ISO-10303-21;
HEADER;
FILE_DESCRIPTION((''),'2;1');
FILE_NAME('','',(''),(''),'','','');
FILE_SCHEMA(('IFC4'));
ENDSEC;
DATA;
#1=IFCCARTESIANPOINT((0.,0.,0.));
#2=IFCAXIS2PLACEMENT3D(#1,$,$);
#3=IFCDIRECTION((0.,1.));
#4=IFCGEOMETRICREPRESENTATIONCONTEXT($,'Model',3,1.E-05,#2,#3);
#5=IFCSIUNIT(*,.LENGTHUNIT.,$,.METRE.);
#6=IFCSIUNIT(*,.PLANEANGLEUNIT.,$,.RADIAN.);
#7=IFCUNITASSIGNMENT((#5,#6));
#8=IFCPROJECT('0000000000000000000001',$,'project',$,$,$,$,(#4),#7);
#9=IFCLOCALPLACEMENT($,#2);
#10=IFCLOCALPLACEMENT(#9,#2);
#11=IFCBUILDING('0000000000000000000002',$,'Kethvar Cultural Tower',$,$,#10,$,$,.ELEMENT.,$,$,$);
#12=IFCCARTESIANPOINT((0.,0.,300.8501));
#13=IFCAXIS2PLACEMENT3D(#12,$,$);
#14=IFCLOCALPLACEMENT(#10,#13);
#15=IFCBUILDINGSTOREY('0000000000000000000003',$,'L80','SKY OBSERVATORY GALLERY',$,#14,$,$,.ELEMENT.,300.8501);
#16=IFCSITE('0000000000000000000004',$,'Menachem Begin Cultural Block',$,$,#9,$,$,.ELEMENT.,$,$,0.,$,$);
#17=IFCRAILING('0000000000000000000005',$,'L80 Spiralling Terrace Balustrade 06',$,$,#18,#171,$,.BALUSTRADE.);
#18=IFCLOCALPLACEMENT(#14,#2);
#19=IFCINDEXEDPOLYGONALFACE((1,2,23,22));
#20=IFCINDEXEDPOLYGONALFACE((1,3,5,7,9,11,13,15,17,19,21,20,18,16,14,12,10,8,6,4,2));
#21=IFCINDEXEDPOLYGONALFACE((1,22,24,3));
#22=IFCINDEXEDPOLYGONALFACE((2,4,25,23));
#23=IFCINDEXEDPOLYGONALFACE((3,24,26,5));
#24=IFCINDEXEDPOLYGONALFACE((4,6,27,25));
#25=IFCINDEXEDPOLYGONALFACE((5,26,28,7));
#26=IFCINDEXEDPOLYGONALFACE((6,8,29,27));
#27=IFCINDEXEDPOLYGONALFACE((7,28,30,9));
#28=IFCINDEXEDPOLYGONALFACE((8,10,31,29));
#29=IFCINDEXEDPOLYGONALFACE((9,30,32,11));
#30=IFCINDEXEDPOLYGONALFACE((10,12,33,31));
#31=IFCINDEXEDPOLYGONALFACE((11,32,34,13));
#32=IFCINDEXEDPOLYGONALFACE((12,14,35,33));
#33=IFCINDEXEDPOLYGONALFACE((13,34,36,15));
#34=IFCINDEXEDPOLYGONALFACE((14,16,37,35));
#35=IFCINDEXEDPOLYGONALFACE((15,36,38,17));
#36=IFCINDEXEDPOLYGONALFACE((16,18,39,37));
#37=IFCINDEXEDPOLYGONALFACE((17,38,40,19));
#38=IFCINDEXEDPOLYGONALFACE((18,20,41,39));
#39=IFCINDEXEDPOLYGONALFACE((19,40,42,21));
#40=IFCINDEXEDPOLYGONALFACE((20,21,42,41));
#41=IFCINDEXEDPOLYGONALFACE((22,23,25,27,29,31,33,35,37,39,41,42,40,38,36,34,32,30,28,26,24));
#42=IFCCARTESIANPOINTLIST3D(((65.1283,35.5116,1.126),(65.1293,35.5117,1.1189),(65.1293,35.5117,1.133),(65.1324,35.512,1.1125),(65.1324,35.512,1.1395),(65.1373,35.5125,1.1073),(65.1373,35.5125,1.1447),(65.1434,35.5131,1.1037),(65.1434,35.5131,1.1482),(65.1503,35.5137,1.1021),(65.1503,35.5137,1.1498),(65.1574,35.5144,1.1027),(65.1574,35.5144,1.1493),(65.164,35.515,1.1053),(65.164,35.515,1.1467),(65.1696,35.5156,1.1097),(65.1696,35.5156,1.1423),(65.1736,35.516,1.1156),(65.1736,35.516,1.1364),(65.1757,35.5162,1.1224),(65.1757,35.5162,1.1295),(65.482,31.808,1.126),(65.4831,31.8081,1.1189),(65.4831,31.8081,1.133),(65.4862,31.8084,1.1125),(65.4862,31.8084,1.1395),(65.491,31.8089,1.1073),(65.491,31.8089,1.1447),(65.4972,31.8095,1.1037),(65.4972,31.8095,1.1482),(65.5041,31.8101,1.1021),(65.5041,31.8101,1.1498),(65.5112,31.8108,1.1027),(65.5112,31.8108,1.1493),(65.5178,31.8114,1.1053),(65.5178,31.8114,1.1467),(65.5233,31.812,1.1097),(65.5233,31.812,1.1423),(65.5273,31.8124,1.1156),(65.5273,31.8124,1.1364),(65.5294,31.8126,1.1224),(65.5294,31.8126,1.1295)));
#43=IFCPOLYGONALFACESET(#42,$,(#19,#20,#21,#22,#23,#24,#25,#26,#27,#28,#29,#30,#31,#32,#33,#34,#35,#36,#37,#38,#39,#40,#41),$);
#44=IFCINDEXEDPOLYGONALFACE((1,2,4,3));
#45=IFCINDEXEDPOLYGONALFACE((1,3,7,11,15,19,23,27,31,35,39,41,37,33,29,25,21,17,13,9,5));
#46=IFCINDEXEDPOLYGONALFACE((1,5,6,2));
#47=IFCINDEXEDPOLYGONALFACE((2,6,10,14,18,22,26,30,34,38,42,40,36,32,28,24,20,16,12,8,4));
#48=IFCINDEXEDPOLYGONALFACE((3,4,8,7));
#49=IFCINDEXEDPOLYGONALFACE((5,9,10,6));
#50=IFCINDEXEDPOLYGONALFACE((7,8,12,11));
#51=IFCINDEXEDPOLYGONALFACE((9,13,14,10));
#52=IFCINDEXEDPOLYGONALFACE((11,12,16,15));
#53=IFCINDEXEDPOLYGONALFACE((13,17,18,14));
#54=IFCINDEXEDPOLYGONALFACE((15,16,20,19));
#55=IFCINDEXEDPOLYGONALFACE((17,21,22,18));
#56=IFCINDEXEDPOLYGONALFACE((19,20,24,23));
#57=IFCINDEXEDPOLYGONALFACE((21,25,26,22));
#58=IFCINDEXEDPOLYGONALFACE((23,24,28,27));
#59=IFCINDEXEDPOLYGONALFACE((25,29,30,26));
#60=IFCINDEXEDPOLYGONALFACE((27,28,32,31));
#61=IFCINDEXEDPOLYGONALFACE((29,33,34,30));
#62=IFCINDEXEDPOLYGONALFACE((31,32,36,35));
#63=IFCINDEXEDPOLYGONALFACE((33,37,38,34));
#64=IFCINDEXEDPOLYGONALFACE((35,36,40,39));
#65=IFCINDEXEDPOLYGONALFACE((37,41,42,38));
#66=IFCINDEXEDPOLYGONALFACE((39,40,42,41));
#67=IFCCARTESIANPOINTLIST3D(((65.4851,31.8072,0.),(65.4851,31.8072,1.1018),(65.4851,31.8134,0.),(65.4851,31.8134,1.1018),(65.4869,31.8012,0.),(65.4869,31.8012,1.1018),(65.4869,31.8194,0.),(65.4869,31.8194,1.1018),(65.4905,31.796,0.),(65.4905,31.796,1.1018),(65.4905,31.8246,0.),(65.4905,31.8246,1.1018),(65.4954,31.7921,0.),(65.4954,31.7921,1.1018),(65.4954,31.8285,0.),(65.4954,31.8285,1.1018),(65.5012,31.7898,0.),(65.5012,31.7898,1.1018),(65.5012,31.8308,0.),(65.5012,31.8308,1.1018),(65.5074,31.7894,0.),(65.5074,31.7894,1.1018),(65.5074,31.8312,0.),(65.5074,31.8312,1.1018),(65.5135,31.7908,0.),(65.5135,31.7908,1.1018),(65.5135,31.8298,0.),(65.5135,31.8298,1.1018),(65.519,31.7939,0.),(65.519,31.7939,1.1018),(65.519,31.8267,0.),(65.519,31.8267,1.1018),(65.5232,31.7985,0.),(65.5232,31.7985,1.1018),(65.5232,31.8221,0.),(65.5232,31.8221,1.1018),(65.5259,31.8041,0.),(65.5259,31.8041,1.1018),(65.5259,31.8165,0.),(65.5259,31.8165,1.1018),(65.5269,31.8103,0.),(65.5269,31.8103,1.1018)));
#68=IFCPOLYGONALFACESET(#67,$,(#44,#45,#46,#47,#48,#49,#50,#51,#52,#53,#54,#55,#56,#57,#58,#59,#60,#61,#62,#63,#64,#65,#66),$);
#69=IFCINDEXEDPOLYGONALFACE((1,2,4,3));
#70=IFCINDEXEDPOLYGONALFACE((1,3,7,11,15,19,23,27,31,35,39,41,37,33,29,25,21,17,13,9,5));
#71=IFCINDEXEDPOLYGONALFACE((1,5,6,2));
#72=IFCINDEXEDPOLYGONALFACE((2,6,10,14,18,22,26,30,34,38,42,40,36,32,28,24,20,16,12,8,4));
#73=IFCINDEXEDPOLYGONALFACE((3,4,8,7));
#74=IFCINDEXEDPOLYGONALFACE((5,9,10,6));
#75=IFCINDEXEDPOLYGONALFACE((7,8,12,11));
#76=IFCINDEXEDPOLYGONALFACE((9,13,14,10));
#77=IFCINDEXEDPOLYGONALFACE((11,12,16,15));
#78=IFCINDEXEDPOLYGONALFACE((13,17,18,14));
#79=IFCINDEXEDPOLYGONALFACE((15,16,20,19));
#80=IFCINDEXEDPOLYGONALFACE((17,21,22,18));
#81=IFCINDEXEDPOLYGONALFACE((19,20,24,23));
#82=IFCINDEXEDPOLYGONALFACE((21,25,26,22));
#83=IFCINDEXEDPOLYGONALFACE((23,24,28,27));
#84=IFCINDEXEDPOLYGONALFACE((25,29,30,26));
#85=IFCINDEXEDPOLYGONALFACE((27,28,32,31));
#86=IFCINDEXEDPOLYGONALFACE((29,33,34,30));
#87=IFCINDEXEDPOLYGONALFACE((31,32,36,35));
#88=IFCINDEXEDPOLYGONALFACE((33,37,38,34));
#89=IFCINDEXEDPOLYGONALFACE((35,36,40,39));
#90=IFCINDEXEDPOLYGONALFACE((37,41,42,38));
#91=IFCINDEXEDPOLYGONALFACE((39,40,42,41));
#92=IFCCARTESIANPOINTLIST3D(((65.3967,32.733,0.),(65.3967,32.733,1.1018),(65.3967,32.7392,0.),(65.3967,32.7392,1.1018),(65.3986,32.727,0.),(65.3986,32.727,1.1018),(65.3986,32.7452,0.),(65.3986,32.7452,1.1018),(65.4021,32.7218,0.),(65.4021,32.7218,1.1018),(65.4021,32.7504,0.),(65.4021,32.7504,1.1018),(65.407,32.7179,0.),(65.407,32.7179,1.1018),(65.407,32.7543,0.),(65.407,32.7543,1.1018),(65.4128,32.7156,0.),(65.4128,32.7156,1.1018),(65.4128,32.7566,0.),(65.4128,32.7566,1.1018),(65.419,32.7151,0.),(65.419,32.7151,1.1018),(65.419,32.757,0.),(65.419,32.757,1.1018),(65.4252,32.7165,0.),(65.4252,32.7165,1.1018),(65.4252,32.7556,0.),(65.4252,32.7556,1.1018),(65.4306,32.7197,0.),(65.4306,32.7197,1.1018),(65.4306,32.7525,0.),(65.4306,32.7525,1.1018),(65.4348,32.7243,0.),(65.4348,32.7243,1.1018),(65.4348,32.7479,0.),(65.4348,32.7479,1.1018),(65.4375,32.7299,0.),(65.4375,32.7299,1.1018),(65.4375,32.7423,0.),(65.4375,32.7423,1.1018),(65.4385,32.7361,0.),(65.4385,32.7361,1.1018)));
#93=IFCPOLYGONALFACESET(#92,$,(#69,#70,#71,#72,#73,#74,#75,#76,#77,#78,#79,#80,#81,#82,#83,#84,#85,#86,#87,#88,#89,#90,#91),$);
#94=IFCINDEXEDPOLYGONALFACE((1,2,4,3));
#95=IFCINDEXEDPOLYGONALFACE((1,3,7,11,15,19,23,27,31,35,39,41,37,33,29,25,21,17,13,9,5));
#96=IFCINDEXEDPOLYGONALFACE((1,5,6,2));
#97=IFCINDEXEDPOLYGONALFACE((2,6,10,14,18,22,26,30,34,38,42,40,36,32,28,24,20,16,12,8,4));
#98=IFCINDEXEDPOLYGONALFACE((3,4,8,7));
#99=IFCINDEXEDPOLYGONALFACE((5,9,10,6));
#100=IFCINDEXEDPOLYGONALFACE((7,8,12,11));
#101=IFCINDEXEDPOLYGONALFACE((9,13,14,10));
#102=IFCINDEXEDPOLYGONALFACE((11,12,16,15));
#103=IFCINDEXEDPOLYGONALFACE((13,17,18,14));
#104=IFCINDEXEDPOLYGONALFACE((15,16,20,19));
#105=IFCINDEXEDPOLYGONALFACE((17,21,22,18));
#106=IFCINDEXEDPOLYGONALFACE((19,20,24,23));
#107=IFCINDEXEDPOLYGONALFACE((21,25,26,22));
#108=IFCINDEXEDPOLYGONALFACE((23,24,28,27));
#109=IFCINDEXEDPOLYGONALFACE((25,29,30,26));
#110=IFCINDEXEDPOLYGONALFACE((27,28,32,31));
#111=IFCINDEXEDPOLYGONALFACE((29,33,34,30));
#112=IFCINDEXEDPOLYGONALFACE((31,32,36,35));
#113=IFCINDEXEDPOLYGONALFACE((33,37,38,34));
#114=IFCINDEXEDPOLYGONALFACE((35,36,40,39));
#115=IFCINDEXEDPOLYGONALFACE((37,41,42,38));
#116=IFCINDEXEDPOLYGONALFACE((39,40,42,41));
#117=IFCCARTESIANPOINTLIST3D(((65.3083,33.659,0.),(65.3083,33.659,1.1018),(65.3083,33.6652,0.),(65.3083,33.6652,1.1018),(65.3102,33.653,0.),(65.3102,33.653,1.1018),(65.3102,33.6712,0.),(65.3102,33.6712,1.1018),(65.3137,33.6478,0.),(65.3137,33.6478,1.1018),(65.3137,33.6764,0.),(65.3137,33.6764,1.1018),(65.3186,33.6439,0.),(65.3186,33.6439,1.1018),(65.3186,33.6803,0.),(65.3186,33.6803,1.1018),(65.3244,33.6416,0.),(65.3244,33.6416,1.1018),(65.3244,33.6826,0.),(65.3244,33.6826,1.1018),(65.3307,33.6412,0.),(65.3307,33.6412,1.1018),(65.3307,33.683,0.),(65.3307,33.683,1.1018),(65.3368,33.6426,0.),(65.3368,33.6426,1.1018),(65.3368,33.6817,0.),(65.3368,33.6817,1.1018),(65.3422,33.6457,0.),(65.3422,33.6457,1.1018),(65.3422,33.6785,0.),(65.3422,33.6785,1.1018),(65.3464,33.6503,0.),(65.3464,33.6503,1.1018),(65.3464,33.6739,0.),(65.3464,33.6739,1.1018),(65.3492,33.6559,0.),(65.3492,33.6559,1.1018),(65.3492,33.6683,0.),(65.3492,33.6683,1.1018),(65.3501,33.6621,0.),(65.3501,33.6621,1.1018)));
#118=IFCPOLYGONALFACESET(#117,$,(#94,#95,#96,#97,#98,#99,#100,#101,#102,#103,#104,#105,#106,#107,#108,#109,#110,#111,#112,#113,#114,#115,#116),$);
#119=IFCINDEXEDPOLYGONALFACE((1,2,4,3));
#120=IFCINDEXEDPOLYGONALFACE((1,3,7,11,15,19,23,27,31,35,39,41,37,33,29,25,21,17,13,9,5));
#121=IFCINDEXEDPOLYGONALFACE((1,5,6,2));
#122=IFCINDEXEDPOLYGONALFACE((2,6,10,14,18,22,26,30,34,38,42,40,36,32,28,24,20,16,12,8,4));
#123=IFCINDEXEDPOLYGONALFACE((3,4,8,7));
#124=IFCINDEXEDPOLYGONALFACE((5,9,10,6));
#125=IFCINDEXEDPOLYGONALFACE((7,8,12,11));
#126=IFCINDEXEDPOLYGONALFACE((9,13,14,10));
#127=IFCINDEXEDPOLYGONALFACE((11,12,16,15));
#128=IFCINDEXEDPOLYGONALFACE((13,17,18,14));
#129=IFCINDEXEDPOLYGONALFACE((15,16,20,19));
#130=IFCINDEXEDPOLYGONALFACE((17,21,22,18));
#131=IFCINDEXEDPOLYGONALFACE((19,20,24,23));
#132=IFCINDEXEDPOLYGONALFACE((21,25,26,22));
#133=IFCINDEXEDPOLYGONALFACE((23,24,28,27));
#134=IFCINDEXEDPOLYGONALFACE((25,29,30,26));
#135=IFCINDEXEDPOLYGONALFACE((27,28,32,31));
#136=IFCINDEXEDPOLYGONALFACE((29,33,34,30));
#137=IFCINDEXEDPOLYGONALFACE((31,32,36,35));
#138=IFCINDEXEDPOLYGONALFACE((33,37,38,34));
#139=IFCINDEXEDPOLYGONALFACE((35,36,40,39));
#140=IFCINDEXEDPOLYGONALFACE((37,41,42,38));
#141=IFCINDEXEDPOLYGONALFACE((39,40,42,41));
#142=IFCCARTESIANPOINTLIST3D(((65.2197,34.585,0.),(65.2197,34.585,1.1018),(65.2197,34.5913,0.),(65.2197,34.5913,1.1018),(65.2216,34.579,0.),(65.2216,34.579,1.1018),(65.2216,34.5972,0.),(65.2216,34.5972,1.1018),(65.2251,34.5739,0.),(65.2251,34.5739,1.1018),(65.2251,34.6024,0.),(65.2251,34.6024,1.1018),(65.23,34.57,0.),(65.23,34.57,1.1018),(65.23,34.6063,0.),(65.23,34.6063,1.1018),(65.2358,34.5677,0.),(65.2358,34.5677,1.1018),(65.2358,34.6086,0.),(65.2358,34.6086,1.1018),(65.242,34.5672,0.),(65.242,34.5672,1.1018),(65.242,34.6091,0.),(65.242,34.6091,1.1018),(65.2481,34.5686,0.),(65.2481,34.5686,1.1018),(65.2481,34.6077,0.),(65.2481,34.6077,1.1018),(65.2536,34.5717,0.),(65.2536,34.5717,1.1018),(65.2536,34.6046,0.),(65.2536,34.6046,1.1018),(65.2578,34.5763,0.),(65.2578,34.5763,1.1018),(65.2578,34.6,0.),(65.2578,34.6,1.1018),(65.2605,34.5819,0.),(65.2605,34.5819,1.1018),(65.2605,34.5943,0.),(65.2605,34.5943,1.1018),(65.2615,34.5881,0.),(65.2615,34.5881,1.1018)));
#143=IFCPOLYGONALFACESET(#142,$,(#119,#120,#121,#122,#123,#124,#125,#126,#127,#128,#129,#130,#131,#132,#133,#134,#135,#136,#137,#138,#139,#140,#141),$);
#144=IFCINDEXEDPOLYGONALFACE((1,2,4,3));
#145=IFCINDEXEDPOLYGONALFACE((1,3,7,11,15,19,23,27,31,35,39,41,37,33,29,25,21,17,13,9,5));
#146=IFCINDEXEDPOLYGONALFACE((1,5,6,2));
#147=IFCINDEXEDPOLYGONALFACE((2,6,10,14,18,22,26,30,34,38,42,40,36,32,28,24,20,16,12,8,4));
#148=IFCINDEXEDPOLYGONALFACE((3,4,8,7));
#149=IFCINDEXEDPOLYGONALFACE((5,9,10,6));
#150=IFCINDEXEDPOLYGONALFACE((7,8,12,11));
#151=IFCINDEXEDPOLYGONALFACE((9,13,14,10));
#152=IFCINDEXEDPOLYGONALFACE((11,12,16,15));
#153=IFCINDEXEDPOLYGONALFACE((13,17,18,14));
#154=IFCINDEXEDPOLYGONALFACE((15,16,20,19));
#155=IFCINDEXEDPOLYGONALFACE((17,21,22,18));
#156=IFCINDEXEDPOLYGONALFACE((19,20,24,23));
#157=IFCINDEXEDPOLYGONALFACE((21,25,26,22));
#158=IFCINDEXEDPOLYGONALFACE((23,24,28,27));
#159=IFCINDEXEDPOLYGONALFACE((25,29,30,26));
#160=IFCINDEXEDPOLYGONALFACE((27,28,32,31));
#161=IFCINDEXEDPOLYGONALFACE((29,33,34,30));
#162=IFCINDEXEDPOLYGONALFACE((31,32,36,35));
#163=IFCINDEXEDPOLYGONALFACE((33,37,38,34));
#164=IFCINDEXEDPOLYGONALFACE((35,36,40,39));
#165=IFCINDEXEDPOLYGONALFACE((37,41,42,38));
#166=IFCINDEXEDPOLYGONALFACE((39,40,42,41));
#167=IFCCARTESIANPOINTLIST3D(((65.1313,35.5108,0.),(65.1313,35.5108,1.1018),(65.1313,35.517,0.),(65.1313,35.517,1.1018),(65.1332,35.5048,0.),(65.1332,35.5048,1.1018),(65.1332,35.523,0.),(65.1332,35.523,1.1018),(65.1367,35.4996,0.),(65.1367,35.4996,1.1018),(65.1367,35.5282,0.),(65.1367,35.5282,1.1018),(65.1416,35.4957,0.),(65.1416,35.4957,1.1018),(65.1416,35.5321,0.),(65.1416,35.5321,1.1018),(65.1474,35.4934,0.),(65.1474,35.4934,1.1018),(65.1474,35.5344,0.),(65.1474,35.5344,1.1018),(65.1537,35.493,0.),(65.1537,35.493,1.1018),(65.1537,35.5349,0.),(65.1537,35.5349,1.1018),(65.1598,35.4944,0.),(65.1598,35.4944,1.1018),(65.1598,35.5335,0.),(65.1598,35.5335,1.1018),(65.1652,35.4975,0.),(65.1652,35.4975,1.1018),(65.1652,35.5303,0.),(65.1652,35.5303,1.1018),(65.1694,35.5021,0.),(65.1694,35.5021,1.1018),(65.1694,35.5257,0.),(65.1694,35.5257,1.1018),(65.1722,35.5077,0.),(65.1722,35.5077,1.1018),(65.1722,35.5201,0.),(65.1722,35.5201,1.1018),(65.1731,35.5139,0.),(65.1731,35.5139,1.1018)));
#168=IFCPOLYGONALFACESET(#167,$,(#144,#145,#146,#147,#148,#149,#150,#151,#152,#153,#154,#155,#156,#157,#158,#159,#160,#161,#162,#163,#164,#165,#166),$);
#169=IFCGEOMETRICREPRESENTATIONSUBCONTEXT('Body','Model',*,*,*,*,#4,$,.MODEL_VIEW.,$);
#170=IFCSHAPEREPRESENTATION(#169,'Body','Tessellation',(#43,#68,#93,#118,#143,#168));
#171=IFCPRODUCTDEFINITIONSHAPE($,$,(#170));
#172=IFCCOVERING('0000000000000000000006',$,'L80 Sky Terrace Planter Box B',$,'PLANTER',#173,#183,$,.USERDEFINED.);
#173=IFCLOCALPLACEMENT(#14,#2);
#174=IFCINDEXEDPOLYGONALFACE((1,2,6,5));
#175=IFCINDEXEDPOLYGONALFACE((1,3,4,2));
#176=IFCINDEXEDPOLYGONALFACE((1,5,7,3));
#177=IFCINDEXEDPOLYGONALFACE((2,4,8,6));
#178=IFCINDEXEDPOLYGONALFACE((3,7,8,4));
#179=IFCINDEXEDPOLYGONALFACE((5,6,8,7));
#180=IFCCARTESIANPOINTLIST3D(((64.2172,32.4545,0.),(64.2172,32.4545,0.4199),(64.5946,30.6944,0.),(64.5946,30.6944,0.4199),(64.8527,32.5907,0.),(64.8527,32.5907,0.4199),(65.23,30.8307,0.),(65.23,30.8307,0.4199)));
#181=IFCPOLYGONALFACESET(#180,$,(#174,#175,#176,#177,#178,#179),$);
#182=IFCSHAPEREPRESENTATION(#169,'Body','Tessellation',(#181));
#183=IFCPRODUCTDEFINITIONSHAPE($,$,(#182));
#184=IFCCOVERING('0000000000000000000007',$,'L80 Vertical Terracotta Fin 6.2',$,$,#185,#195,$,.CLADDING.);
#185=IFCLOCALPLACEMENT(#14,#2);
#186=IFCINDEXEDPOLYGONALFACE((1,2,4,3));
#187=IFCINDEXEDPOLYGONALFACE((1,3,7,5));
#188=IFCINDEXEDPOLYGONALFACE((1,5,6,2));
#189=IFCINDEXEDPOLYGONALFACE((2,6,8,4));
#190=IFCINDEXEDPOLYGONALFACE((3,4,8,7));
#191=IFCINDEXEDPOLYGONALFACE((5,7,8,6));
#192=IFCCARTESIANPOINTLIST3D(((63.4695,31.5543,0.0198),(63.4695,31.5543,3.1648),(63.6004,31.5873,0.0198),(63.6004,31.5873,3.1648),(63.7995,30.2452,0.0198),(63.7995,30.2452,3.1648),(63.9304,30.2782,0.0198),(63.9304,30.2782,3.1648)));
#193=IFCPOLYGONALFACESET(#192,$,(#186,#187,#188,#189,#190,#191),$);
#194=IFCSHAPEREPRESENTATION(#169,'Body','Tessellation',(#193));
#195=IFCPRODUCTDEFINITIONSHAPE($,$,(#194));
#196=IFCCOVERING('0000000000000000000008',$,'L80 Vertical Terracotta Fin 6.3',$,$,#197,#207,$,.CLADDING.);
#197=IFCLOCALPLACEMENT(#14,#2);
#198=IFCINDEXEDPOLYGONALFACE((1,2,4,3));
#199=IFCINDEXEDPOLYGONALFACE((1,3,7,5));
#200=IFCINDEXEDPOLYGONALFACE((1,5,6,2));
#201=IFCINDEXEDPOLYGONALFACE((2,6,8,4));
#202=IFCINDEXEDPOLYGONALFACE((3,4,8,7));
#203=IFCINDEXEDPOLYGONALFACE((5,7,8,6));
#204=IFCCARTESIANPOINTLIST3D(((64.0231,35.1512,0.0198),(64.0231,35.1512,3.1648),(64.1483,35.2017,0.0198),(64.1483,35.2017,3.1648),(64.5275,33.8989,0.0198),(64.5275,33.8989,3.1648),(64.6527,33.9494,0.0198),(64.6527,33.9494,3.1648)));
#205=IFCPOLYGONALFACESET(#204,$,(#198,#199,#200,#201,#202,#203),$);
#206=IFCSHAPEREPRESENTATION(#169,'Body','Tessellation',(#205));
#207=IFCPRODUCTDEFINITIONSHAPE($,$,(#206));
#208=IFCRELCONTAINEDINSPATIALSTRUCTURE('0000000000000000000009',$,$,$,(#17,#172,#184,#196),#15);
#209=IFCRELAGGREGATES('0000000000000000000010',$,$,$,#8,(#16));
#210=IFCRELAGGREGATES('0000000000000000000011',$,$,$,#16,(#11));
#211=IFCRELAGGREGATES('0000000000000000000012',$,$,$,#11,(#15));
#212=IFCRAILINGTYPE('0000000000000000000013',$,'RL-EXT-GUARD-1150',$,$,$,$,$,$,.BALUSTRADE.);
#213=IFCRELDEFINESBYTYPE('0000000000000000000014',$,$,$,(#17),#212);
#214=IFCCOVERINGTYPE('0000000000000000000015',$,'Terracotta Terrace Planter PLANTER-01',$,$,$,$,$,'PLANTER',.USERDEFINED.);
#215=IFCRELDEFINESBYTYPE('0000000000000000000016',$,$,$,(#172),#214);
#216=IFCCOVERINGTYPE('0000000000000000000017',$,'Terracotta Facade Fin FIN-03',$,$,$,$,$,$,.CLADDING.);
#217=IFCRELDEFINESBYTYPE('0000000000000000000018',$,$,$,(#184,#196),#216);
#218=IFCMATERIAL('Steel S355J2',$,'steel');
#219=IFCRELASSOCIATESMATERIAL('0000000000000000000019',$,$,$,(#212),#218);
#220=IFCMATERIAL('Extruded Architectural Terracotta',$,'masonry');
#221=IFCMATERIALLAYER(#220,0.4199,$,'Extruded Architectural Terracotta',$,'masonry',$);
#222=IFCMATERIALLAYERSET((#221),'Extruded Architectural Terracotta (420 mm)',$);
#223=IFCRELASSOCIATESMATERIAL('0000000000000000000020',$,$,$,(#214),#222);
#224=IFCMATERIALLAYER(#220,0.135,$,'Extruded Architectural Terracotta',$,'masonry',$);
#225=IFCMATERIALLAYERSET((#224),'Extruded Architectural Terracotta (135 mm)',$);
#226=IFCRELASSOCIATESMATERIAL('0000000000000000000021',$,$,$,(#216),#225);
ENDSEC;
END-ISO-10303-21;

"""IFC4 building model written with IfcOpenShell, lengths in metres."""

from ifc_helpers import new_model, si_unit, direction, frame, origin, origin_2d, place, context, subcontext, project, spatial, rectangle, circle, extrude, source, transform, mapped, material, layer, layer_set, type_object, element, save


model = new_model("IFC4")

# Units and contexts
model_context = context("Model", 3, precision=1e-05, world=origin(), true_north=direction((0.0, 1.0)))
body_context = subcontext(model_context, "Body", "Model", "MODEL_VIEW")
ifc_project = project(units=[si_unit("LENGTHUNIT", "METRE"), si_unit("PLANEANGLEUNIT", "RADIAN")], contexts=[model_context])

# Site, building, storey
site_placement = place(None, origin())
site = spatial("IfcSite", under=ifc_project, at=site_placement, Name="Menachem Begin Cultural Block", CompositionType="ELEMENT", RefElevation=0.0)
building_placement = place(site_placement, origin())
building = spatial("IfcBuilding", under=site, at=building_placement, Name="Kethvar Cultural Tower", CompositionType="ELEMENT")
storey_placement = place(building_placement, frame((0.0, 0.0, 300.8501)))
storey = spatial("IfcBuildingStorey", under=building, at=storey_placement, Name="L80", Description="SKY OBSERVATORY GALLERY", CompositionType="ELEMENT", Elevation=300.8501)

# Shared definitions
ifc_material_1 = material(Name="Steel S355J2", Category="steel")

# Railing
railing_type = type_object("IfcRailingType", Name="RL-EXT-GUARD-1150", PredefinedType="BALUSTRADE", material=ifc_material_1)
railing_1_placement = place(storey_placement, frame((65.5059, 31.8103, 0.0)))
element("IfcRailing", 1, at=railing_1_placement, inside=storey, type_object=railing_type, Name="L80 Spiralling Terrace Balustrade 06", PredefinedType="BALUSTRADE", context=body_context, shape_type="SweptSolid", body=[
    extrude(circle(Radius=0.0239, at=origin_2d()), frame((0.0, 0.0, 1.126), z_axis=(-0.095085, 0.995469, 0.0), x_axis=(-0.995469, -0.095085, 0.0)), (0.0, 0.0, 1.0), 3.7205),
    extrude(circle(Radius=0.021, at=origin_2d()), origin(), (0.0, 0.0, 1.0), 1.1018),
    extrude(circle(Radius=0.021, at=origin_2d()), frame((-0.0884, 0.9258, 0.0)), (0.0, 0.0, 1.0), 1.1018),
    extrude(circle(Radius=0.021, at=origin_2d()), frame((-0.1768, 1.8518, 0.0)), (0.0, 0.0, 1.0), 1.1018),
    extrude(circle(Radius=0.021, at=origin_2d()), frame((-0.2654, 2.7778, 0.0)), (0.0, 0.0, 1.0), 1.1018),
    extrude(circle(Radius=0.021, at=origin_2d()), frame((-0.3538, 3.7036, 0.0)), (0.0, 0.0, 1.0), 1.1018),
])

# Coverings
ifc_material_2 = material(Name="Extruded Architectural Terracotta", Category="masonry")
ifc_layer_1 = layer(ifc_material_2, 0.4199, Name="Extruded Architectural Terracotta", Category="masonry")
ifc_layer_set_1 = layer_set([ifc_layer_1], Name="Extruded Architectural Terracotta (420 mm)")
covering_type_1 = type_object("IfcCoveringType", Name="Terracotta Terrace Planter PLANTER-01", ElementType="PLANTER", PredefinedType="USERDEFINED", material=ifc_layer_set_1)
shared_shape_1 = source(origin(), body_context, "Body", "SweptSolid", [
    extrude(rectangle(XDim=1.8, YDim=0.6499, at=origin_2d()), origin(), (0.0, 0.0, 1.0), 0.4199),
])
covering_placement = place(storey_placement, frame((64.7236, 31.6426, 0.0), z_axis=(0.0, 0.0, 1.0), x_axis=(-0.209619, 0.977783, 0.0)))
element("IfcCovering", 2, at=covering_placement, inside=storey, type_object=covering_type_1, Name="L80 Sky Terrace Planter Box B", ObjectType="PLANTER", PredefinedType="USERDEFINED", context=body_context, shape_type="MappedRepresentation", body=[
    mapped(shared_shape_1, transform((0.0, 0.0, 0.0), scale=1.0)),
])
ifc_layer_2 = layer(ifc_material_2, 0.135, Name="Extruded Architectural Terracotta", Category="masonry")
ifc_layer_set_2 = layer_set([ifc_layer_2], Name="Extruded Architectural Terracotta (135 mm)")
covering_type_2 = type_object("IfcCoveringType", Name="Terracotta Facade Fin FIN-03", PredefinedType="CLADDING", material=ifc_layer_set_2)
shared_shape_2 = source(origin(), body_context, "Body", "SweptSolid", [
    extrude(rectangle(XDim=1.3501, YDim=0.135, at=origin_2d()), origin(), (0.0, 0.0, 1.0), 3.145),
])
for number, where, z_axis, x_axis, name in (
    (3, (63.7, 30.9163, 0.0198), (0.0, 0.0, 1.0), (0.244461, -0.969659, 0.0), "L80 Vertical Terracotta Fin 6.2"),
    (4, (64.3379, 34.5503, 0.0198), (0.0, 0.0, 1.0), (0.373635, -0.927576, 0.0), "L80 Vertical Terracotta Fin 6.3"),
):
    element("IfcCovering", number, at=place(storey_placement, frame(where, z_axis=z_axis, x_axis=x_axis)), inside=storey, type_object=covering_type_2, Name=name, PredefinedType="CLADDING", context=body_context, shape_type="MappedRepresentation", body=[
        mapped(shared_shape_2, transform((0.0, 0.0, 0.0), scale=1.0)),
    ])

save(model, "model.ifc")
